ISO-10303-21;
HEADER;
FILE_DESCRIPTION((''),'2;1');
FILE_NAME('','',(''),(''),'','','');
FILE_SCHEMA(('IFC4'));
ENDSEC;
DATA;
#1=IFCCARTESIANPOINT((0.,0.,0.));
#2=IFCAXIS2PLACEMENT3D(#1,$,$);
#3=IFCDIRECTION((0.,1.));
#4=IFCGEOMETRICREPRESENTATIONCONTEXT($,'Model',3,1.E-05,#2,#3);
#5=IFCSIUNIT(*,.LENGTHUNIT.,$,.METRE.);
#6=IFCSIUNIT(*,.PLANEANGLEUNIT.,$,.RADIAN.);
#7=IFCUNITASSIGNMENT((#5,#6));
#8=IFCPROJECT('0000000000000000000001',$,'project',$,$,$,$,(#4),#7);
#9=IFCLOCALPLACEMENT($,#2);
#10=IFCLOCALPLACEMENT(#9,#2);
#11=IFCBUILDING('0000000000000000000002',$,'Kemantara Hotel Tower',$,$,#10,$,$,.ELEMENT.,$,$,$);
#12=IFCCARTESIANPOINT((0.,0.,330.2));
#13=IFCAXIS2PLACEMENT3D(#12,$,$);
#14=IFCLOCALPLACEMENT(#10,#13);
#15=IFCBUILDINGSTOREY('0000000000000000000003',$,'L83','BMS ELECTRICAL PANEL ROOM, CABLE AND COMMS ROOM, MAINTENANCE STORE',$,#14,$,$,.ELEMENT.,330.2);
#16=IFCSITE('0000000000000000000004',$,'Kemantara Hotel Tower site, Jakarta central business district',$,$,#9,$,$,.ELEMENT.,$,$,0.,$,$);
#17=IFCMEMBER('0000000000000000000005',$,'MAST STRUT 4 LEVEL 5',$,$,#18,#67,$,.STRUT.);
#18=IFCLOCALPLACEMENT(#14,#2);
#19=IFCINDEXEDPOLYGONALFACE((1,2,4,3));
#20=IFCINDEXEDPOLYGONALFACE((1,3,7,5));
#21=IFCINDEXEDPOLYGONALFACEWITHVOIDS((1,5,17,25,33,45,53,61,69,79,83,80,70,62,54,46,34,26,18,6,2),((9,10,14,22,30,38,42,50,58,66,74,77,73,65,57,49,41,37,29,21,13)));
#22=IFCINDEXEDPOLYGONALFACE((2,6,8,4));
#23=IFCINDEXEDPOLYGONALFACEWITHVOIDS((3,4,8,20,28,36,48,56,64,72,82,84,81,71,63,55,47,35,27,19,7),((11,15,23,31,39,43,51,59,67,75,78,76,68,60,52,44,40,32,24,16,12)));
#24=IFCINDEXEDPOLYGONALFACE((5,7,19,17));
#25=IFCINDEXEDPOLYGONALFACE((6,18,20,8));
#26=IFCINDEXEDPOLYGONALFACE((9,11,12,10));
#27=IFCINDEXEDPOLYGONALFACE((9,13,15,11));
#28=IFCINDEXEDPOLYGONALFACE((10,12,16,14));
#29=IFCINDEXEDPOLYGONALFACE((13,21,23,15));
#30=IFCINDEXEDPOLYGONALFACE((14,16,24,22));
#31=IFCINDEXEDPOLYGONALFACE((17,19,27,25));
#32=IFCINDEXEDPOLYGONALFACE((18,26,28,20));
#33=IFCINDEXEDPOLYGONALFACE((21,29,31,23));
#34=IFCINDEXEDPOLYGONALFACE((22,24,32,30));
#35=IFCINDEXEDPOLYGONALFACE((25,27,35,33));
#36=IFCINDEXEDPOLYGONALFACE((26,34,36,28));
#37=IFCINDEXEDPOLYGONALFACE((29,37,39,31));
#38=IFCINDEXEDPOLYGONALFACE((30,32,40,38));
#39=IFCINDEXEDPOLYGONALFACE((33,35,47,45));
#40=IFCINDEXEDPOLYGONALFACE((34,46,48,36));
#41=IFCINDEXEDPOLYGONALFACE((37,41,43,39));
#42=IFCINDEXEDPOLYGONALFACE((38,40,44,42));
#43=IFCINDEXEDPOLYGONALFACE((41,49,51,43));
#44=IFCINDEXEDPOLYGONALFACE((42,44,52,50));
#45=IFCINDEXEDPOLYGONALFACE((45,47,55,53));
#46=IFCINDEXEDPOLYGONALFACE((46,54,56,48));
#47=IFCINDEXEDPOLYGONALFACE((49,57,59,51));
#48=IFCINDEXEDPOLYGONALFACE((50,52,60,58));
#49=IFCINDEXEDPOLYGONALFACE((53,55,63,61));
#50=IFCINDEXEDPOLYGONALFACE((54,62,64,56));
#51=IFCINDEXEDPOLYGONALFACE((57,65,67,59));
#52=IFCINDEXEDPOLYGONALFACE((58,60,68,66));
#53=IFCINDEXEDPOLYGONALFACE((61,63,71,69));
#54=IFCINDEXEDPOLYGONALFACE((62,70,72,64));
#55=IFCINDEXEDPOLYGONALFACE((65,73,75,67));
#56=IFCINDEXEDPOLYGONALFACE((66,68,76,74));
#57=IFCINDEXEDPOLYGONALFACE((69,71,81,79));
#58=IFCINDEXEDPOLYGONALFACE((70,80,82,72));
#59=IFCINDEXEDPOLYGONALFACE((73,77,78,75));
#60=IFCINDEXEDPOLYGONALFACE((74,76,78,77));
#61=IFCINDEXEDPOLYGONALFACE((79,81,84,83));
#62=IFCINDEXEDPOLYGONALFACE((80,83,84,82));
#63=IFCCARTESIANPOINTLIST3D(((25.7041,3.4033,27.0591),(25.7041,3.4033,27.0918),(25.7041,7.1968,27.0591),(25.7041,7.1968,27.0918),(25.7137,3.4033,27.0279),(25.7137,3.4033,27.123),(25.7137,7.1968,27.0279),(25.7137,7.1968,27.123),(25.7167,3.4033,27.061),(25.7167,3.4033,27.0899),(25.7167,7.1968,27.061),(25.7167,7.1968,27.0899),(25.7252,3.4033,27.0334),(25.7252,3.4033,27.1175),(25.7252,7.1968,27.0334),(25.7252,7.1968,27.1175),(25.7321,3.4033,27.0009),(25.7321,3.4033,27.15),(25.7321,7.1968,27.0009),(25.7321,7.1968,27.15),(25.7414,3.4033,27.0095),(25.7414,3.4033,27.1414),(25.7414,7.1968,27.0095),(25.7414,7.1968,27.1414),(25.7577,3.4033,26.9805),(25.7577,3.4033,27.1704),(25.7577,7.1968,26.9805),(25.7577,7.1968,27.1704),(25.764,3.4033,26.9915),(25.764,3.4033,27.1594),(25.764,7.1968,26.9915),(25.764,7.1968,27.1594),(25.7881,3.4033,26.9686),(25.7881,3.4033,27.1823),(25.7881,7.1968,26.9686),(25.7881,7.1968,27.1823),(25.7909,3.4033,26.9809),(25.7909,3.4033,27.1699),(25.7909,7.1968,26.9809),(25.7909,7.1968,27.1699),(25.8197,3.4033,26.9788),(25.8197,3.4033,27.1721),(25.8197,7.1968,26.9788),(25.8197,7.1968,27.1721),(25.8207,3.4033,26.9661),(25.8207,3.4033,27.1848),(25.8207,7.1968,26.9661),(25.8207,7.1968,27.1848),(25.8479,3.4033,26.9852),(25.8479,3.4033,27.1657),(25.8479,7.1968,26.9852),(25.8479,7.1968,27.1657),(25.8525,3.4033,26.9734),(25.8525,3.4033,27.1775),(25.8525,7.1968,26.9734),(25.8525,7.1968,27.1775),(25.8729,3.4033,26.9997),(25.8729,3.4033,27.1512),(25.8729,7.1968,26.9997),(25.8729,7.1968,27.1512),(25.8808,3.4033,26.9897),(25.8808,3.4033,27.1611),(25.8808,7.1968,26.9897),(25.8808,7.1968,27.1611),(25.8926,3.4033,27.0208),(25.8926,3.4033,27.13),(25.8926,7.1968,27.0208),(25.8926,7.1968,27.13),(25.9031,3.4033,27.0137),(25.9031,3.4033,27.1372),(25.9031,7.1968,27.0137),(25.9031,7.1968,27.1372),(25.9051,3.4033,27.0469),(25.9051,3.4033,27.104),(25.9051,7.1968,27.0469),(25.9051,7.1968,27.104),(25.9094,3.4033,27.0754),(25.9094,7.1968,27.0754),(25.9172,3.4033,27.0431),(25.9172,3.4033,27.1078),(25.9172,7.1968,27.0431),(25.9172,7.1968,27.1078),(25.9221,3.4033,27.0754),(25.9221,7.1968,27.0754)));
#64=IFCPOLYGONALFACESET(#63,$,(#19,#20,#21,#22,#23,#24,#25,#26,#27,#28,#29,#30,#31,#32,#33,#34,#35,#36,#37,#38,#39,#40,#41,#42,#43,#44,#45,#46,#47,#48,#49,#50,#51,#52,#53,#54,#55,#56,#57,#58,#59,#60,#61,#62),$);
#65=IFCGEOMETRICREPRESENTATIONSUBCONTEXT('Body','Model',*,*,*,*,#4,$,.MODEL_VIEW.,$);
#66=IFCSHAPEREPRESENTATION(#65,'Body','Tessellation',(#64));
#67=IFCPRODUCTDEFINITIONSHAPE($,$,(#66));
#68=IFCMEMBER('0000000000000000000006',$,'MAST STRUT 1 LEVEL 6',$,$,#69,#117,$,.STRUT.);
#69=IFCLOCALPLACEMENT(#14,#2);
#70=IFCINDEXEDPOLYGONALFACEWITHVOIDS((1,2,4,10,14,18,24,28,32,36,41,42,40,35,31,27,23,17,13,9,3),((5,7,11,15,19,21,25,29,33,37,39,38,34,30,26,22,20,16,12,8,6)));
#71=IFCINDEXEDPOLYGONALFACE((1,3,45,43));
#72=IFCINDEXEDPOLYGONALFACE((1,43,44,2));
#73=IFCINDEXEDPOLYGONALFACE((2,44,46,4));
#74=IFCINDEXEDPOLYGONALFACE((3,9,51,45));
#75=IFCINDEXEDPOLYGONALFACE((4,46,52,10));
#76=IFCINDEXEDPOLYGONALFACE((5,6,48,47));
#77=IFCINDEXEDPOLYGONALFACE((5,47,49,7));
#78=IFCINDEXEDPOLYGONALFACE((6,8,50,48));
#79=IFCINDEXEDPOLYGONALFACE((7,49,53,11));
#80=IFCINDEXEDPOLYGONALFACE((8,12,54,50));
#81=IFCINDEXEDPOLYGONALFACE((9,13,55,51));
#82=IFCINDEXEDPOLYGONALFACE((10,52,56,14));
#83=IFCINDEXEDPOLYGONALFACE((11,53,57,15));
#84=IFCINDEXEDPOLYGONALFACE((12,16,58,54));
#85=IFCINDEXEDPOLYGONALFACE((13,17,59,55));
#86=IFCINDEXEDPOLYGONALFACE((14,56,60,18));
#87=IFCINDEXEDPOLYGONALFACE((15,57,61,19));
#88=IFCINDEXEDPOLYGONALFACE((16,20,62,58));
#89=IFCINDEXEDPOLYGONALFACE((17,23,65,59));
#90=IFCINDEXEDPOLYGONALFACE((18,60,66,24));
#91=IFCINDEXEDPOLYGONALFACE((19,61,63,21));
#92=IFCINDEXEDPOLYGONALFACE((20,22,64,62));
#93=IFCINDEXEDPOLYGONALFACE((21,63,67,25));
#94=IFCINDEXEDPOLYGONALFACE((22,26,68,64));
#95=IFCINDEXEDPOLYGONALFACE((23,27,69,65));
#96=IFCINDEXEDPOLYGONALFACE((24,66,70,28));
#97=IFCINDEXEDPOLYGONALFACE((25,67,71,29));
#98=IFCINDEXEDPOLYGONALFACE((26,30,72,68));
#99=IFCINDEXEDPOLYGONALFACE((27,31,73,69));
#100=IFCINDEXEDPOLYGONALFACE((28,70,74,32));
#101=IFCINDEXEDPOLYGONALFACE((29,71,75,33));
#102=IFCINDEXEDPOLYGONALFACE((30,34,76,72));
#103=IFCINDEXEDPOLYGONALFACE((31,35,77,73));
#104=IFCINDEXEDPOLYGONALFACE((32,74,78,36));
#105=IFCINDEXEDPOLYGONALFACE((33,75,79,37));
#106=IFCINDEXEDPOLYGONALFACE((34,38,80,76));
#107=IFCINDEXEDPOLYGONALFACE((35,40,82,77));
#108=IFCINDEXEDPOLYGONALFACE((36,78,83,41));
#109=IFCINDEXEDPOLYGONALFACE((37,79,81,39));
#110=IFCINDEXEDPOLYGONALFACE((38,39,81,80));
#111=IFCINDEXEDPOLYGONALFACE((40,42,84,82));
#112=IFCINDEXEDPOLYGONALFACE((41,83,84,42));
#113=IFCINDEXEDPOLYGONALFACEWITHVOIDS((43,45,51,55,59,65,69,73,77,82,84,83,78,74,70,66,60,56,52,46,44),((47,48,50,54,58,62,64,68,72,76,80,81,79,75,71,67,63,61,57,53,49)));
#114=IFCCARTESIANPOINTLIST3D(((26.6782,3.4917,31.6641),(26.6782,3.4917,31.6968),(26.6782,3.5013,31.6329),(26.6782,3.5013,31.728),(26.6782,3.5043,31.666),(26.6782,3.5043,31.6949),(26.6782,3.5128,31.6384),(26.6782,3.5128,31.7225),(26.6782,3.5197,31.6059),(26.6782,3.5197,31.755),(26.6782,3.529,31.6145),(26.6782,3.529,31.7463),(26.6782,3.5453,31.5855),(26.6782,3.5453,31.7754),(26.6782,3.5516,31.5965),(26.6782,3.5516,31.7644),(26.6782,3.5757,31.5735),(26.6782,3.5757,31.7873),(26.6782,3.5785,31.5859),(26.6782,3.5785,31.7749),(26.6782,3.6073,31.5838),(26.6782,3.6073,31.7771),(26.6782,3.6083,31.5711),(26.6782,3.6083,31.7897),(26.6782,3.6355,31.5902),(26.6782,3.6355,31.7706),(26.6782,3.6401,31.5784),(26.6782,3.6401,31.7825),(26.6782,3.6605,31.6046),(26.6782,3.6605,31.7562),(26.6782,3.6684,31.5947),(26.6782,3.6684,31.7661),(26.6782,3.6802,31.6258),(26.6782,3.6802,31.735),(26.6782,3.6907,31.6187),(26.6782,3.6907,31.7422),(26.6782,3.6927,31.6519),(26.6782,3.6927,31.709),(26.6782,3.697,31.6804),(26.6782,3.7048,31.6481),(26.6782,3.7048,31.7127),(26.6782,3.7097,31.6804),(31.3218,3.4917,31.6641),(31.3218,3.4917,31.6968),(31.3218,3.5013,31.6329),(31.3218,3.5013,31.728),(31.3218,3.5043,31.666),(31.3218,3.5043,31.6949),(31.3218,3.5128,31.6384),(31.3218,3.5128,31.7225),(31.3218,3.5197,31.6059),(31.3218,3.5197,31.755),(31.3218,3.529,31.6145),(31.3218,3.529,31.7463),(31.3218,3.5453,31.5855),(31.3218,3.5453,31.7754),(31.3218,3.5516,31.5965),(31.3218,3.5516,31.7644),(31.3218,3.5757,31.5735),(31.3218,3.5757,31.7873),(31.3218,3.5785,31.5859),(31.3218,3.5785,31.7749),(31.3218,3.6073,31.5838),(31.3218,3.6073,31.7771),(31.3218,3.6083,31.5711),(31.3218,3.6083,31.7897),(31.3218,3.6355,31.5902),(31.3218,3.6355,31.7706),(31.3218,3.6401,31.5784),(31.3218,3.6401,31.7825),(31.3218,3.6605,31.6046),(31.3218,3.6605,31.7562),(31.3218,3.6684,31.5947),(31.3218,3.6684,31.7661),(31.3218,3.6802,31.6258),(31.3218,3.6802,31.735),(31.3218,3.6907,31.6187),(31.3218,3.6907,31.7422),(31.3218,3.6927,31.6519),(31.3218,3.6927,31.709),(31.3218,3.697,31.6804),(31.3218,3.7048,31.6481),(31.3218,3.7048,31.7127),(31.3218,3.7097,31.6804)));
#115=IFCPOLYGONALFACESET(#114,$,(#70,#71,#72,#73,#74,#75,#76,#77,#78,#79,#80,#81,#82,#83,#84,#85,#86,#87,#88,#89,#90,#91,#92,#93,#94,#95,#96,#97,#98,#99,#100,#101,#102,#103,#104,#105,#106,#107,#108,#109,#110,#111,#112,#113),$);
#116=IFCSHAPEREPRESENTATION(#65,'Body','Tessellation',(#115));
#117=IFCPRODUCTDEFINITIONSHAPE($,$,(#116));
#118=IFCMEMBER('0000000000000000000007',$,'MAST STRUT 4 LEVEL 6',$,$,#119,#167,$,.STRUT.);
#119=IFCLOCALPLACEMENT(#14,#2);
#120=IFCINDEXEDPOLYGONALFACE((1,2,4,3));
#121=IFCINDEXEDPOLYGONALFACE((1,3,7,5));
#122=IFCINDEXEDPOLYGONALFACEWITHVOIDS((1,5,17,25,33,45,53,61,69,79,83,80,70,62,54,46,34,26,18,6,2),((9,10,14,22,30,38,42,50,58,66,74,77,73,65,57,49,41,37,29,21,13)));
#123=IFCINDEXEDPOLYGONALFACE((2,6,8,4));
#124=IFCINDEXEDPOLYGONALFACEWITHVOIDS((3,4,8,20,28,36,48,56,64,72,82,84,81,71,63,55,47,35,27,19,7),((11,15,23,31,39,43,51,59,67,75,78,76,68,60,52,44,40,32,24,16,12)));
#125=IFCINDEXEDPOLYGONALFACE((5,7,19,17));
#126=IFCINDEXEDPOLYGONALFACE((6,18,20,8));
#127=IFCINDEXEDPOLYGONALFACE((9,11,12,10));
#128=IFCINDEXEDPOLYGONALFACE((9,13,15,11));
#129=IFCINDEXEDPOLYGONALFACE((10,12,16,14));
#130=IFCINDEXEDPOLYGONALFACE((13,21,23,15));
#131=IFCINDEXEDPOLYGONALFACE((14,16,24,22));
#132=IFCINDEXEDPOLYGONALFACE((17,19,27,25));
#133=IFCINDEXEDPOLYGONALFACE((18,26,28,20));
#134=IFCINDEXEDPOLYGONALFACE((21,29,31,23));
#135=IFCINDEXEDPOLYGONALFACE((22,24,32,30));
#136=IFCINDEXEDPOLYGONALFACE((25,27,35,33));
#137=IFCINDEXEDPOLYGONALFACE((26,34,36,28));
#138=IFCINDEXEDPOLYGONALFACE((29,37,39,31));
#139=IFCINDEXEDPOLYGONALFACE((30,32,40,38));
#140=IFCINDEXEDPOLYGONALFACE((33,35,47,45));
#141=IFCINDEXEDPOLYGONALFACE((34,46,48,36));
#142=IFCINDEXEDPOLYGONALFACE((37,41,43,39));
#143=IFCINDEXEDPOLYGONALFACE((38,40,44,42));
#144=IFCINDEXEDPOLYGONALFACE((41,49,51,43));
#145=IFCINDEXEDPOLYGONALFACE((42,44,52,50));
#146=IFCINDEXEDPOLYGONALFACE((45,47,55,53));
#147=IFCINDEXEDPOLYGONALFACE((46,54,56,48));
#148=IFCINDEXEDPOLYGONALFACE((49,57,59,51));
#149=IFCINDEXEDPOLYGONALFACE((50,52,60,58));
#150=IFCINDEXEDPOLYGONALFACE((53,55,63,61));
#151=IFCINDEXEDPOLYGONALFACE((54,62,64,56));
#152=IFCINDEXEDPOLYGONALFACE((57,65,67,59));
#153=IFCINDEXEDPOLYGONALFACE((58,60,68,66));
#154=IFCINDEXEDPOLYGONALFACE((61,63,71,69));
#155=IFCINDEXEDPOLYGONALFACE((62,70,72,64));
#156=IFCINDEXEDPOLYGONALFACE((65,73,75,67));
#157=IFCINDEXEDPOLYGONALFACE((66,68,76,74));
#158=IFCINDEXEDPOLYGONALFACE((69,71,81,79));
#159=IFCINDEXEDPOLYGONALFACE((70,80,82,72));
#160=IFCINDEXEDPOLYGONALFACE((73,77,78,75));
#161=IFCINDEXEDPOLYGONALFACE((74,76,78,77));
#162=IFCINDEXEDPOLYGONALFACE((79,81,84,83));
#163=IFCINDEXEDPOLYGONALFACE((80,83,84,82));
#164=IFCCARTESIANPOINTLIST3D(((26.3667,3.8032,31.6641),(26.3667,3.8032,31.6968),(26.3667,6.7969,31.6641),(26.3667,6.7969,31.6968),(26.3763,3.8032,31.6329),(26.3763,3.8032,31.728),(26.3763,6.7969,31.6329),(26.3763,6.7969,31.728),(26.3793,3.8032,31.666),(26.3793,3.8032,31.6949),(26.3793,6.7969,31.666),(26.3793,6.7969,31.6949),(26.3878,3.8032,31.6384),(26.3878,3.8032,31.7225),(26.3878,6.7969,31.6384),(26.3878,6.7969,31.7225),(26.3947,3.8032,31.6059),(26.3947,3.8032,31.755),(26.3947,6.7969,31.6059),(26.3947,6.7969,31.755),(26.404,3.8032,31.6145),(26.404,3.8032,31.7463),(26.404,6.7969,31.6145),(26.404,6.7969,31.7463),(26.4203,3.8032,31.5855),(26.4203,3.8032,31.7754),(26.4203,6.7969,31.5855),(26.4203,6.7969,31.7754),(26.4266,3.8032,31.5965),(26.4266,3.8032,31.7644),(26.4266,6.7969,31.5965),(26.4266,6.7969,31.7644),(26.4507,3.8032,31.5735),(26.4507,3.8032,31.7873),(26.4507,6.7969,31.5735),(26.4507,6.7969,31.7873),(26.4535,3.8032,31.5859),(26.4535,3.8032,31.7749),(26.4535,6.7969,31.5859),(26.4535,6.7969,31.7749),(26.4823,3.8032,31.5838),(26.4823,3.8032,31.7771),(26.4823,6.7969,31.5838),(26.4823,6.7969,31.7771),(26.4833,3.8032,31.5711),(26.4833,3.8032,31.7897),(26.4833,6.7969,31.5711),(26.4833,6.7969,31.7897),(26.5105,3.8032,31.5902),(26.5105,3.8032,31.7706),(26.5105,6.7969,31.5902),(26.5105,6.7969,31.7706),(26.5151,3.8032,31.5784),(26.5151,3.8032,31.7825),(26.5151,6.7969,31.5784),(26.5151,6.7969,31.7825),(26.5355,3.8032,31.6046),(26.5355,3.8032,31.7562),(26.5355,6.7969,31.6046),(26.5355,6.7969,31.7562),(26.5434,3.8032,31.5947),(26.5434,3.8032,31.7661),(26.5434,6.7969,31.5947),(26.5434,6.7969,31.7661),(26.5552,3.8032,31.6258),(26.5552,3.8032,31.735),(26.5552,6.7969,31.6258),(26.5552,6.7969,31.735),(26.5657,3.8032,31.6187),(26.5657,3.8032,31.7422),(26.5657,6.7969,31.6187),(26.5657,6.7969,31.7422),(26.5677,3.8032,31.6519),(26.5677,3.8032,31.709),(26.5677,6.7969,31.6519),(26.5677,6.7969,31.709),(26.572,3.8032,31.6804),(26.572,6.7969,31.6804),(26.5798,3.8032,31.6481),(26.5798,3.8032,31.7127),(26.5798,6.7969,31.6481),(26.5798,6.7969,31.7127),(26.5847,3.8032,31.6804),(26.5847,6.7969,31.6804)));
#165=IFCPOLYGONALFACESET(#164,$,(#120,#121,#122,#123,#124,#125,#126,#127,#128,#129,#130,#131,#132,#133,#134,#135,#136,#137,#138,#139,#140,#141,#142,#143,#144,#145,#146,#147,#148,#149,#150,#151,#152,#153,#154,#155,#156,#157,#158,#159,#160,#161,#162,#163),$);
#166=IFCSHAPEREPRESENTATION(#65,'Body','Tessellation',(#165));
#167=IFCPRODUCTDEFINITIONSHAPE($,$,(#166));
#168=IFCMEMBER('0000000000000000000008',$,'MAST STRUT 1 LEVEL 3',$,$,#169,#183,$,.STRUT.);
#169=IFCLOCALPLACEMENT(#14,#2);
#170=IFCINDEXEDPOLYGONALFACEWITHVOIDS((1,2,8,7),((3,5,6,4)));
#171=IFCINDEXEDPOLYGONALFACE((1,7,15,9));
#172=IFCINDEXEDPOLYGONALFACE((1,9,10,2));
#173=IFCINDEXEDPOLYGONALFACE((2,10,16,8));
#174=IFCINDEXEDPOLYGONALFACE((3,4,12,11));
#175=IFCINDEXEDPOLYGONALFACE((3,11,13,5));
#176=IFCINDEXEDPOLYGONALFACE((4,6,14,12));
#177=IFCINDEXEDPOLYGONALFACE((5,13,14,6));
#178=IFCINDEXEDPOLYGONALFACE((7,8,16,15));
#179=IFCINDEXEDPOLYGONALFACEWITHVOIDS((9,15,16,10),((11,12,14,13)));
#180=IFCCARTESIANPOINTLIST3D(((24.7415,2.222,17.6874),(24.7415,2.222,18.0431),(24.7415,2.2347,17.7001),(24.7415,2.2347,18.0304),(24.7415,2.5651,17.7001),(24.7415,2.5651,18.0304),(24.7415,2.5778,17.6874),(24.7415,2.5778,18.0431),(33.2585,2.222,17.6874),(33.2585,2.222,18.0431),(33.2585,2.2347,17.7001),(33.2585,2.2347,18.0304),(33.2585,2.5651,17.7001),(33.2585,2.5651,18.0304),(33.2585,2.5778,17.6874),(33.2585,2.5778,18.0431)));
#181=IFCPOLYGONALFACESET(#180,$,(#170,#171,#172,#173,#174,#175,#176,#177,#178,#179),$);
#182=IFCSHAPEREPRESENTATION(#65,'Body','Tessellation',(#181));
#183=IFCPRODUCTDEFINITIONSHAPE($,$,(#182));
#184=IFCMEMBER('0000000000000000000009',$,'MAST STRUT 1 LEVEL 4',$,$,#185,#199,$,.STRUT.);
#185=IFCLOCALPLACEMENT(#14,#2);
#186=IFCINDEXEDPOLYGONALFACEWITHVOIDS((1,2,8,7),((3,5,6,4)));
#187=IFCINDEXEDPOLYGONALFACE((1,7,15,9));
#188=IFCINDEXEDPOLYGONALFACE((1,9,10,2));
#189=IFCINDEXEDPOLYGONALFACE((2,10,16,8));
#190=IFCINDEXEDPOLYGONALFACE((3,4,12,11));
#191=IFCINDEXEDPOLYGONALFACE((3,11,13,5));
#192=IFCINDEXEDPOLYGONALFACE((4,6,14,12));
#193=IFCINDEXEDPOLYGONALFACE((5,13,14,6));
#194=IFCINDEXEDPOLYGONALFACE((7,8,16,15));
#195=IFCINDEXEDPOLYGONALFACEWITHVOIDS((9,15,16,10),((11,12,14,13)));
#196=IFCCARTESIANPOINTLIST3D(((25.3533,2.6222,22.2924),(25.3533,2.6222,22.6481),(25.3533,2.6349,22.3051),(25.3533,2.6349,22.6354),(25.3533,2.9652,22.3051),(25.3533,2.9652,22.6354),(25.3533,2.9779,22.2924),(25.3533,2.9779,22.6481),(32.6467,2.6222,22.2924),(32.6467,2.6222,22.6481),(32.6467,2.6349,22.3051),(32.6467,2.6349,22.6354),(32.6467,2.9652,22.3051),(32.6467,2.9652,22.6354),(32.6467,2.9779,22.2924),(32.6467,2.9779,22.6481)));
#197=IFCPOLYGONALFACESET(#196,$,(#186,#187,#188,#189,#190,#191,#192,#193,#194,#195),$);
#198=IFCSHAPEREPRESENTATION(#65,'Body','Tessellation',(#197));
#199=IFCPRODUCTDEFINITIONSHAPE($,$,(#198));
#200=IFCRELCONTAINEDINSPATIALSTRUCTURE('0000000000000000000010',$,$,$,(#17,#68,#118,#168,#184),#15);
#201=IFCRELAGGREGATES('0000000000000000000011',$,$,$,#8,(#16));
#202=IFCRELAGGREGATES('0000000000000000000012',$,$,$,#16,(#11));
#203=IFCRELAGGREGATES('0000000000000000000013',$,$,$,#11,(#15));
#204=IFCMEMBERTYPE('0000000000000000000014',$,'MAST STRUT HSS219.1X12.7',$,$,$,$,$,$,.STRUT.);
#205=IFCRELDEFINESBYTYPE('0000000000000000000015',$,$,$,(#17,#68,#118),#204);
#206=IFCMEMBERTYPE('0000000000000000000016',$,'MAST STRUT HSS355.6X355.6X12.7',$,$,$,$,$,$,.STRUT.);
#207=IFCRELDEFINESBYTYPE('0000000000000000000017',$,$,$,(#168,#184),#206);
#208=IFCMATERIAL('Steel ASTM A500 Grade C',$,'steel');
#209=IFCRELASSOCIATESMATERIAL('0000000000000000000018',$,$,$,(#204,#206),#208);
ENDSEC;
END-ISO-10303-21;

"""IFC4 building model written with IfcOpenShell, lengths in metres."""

from ifc_helpers import new_model, si_unit, direction, frame, origin, origin_2d, place, context, subcontext, project, spatial, hollow_rectangle, hollow_circle, extrude, material, material_profile, profile_set, type_object, element, save


model = new_model("IFC4")

# Units and contexts
model_context = context("Model", 3, precision=1e-05, world=origin(), true_north=direction((0.0, 1.0)))
body_context = subcontext(model_context, "Body", "Model", "MODEL_VIEW")
ifc_project = project(units=[si_unit("LENGTHUNIT", "METRE"), si_unit("PLANEANGLEUNIT", "RADIAN")], contexts=[model_context])

# Site, building, storey
site_placement = place(None, origin())
site = spatial("IfcSite", under=ifc_project, at=site_placement, Name="Kemantara Hotel Tower site, Jakarta central business district", CompositionType="ELEMENT", RefElevation=0.0)
building_placement = place(site_placement, origin())
building = spatial("IfcBuilding", under=site, at=building_placement, Name="Kemantara Hotel Tower", CompositionType="ELEMENT")
storey_placement = place(building_placement, frame((0.0, 0.0, 330.2)))
storey = spatial("IfcBuildingStorey", under=building, at=storey_placement, Name="L83", Description="BMS ELECTRICAL PANEL ROOM, CABLE AND COMMS ROOM, MAINTENANCE STORE", CompositionType="ELEMENT", Elevation=330.2)

# Members
ifc_material_1 = material(Name="Steel ASTM A500 Grade C", Category="steel")
ifc_material_profile_1 = material_profile(ifc_material_1, hollow_circle(Radius=0.1096, WallThickness=0.0127, at=origin_2d()), Name="HSS219.1X12.7")
ifc_profile_set_1 = profile_set([ifc_material_profile_1], Name="Steel ASTM A500 Grade C")
member_type_1 = type_object("IfcMemberType", Name="MAST STRUT HSS219.1X12.7", PredefinedType="STRUT", material=ifc_profile_set_1)
member_1_placement = place(storey_placement, frame((25.8125, 7.1968, 27.0754), z_axis=(0.0, -1.0, 0.0), x_axis=(1.0, 0.0, 0.0)))
element("IfcMember", 1, at=member_1_placement, inside=storey, type_object=member_type_1, Name="MAST STRUT 4 LEVEL 5", PredefinedType="STRUT", context=body_context, shape_type="SweptSolid", body=[
    extrude(hollow_circle(Radius=0.1096, WallThickness=0.0127, at=origin_2d()), origin(), (0.0, 0.0, 1.0), 3.7935),
])
member_2_placement = place(storey_placement, frame((26.6782, 3.6001, 31.6804), z_axis=(1.0, 0.0, 0.0), x_axis=(0.0, 1.0, 0.0)))
element("IfcMember", 2, at=member_2_placement, inside=storey, type_object=member_type_1, Name="MAST STRUT 1 LEVEL 6", PredefinedType="STRUT", context=body_context, shape_type="SweptSolid", body=[
    extrude(hollow_circle(Radius=0.1096, WallThickness=0.0127, at=origin_2d()), origin(), (0.0, 0.0, 1.0), 4.6436),
])
member_3_placement = place(storey_placement, frame((26.4751, 6.7969, 31.6804), z_axis=(0.0, -1.0, 0.0), x_axis=(1.0, 0.0, 0.0)))
element("IfcMember", 3, at=member_3_placement, inside=storey, type_object=member_type_1, Name="MAST STRUT 4 LEVEL 6", PredefinedType="STRUT", context=body_context, shape_type="SweptSolid", body=[
    extrude(hollow_circle(Radius=0.1096, WallThickness=0.0127, at=origin_2d()), origin(), (0.0, 0.0, 1.0), 2.9937),
])
ifc_material_profile_2 = material_profile(ifc_material_1, hollow_rectangle(XDim=0.3557, YDim=0.3557, WallThickness=0.0127, at=origin_2d()), Name="HSS355.6X355.6X12.7")
ifc_profile_set_2 = profile_set([ifc_material_profile_2], Name="Steel ASTM A500 Grade C")
member_type_2 = type_object("IfcMemberType", Name="MAST STRUT HSS355.6X355.6X12.7", PredefinedType="STRUT", material=ifc_profile_set_2)
member_4_placement = place(storey_placement, frame((24.7415, 2.3999, 17.8652), z_axis=(1.0, 0.0, 0.0), x_axis=(0.0, 1.0, 0.0)))
element("IfcMember", 4, at=member_4_placement, inside=storey, type_object=member_type_2, Name="MAST STRUT 1 LEVEL 3", PredefinedType="STRUT", context=body_context, shape_type="SweptSolid", body=[
    extrude(hollow_rectangle(XDim=0.3557, YDim=0.3557, WallThickness=0.0127, at=origin_2d()), origin(), (0.0, 0.0, 1.0), 8.5171),
])
member_5_placement = place(storey_placement, frame((25.3533, 2.8, 22.4702), z_axis=(1.0, 0.0, 0.0), x_axis=(0.0, 1.0, 0.0)))
element("IfcMember", 5, at=member_5_placement, inside=storey, type_object=member_type_2, Name="MAST STRUT 1 LEVEL 4", PredefinedType="STRUT", context=body_context, shape_type="SweptSolid", body=[
    extrude(hollow_rectangle(XDim=0.3557, YDim=0.3557, WallThickness=0.0127, at=origin_2d()), origin(), (0.0, 0.0, 1.0), 7.2935),
])

save(model, "model.ifc")
